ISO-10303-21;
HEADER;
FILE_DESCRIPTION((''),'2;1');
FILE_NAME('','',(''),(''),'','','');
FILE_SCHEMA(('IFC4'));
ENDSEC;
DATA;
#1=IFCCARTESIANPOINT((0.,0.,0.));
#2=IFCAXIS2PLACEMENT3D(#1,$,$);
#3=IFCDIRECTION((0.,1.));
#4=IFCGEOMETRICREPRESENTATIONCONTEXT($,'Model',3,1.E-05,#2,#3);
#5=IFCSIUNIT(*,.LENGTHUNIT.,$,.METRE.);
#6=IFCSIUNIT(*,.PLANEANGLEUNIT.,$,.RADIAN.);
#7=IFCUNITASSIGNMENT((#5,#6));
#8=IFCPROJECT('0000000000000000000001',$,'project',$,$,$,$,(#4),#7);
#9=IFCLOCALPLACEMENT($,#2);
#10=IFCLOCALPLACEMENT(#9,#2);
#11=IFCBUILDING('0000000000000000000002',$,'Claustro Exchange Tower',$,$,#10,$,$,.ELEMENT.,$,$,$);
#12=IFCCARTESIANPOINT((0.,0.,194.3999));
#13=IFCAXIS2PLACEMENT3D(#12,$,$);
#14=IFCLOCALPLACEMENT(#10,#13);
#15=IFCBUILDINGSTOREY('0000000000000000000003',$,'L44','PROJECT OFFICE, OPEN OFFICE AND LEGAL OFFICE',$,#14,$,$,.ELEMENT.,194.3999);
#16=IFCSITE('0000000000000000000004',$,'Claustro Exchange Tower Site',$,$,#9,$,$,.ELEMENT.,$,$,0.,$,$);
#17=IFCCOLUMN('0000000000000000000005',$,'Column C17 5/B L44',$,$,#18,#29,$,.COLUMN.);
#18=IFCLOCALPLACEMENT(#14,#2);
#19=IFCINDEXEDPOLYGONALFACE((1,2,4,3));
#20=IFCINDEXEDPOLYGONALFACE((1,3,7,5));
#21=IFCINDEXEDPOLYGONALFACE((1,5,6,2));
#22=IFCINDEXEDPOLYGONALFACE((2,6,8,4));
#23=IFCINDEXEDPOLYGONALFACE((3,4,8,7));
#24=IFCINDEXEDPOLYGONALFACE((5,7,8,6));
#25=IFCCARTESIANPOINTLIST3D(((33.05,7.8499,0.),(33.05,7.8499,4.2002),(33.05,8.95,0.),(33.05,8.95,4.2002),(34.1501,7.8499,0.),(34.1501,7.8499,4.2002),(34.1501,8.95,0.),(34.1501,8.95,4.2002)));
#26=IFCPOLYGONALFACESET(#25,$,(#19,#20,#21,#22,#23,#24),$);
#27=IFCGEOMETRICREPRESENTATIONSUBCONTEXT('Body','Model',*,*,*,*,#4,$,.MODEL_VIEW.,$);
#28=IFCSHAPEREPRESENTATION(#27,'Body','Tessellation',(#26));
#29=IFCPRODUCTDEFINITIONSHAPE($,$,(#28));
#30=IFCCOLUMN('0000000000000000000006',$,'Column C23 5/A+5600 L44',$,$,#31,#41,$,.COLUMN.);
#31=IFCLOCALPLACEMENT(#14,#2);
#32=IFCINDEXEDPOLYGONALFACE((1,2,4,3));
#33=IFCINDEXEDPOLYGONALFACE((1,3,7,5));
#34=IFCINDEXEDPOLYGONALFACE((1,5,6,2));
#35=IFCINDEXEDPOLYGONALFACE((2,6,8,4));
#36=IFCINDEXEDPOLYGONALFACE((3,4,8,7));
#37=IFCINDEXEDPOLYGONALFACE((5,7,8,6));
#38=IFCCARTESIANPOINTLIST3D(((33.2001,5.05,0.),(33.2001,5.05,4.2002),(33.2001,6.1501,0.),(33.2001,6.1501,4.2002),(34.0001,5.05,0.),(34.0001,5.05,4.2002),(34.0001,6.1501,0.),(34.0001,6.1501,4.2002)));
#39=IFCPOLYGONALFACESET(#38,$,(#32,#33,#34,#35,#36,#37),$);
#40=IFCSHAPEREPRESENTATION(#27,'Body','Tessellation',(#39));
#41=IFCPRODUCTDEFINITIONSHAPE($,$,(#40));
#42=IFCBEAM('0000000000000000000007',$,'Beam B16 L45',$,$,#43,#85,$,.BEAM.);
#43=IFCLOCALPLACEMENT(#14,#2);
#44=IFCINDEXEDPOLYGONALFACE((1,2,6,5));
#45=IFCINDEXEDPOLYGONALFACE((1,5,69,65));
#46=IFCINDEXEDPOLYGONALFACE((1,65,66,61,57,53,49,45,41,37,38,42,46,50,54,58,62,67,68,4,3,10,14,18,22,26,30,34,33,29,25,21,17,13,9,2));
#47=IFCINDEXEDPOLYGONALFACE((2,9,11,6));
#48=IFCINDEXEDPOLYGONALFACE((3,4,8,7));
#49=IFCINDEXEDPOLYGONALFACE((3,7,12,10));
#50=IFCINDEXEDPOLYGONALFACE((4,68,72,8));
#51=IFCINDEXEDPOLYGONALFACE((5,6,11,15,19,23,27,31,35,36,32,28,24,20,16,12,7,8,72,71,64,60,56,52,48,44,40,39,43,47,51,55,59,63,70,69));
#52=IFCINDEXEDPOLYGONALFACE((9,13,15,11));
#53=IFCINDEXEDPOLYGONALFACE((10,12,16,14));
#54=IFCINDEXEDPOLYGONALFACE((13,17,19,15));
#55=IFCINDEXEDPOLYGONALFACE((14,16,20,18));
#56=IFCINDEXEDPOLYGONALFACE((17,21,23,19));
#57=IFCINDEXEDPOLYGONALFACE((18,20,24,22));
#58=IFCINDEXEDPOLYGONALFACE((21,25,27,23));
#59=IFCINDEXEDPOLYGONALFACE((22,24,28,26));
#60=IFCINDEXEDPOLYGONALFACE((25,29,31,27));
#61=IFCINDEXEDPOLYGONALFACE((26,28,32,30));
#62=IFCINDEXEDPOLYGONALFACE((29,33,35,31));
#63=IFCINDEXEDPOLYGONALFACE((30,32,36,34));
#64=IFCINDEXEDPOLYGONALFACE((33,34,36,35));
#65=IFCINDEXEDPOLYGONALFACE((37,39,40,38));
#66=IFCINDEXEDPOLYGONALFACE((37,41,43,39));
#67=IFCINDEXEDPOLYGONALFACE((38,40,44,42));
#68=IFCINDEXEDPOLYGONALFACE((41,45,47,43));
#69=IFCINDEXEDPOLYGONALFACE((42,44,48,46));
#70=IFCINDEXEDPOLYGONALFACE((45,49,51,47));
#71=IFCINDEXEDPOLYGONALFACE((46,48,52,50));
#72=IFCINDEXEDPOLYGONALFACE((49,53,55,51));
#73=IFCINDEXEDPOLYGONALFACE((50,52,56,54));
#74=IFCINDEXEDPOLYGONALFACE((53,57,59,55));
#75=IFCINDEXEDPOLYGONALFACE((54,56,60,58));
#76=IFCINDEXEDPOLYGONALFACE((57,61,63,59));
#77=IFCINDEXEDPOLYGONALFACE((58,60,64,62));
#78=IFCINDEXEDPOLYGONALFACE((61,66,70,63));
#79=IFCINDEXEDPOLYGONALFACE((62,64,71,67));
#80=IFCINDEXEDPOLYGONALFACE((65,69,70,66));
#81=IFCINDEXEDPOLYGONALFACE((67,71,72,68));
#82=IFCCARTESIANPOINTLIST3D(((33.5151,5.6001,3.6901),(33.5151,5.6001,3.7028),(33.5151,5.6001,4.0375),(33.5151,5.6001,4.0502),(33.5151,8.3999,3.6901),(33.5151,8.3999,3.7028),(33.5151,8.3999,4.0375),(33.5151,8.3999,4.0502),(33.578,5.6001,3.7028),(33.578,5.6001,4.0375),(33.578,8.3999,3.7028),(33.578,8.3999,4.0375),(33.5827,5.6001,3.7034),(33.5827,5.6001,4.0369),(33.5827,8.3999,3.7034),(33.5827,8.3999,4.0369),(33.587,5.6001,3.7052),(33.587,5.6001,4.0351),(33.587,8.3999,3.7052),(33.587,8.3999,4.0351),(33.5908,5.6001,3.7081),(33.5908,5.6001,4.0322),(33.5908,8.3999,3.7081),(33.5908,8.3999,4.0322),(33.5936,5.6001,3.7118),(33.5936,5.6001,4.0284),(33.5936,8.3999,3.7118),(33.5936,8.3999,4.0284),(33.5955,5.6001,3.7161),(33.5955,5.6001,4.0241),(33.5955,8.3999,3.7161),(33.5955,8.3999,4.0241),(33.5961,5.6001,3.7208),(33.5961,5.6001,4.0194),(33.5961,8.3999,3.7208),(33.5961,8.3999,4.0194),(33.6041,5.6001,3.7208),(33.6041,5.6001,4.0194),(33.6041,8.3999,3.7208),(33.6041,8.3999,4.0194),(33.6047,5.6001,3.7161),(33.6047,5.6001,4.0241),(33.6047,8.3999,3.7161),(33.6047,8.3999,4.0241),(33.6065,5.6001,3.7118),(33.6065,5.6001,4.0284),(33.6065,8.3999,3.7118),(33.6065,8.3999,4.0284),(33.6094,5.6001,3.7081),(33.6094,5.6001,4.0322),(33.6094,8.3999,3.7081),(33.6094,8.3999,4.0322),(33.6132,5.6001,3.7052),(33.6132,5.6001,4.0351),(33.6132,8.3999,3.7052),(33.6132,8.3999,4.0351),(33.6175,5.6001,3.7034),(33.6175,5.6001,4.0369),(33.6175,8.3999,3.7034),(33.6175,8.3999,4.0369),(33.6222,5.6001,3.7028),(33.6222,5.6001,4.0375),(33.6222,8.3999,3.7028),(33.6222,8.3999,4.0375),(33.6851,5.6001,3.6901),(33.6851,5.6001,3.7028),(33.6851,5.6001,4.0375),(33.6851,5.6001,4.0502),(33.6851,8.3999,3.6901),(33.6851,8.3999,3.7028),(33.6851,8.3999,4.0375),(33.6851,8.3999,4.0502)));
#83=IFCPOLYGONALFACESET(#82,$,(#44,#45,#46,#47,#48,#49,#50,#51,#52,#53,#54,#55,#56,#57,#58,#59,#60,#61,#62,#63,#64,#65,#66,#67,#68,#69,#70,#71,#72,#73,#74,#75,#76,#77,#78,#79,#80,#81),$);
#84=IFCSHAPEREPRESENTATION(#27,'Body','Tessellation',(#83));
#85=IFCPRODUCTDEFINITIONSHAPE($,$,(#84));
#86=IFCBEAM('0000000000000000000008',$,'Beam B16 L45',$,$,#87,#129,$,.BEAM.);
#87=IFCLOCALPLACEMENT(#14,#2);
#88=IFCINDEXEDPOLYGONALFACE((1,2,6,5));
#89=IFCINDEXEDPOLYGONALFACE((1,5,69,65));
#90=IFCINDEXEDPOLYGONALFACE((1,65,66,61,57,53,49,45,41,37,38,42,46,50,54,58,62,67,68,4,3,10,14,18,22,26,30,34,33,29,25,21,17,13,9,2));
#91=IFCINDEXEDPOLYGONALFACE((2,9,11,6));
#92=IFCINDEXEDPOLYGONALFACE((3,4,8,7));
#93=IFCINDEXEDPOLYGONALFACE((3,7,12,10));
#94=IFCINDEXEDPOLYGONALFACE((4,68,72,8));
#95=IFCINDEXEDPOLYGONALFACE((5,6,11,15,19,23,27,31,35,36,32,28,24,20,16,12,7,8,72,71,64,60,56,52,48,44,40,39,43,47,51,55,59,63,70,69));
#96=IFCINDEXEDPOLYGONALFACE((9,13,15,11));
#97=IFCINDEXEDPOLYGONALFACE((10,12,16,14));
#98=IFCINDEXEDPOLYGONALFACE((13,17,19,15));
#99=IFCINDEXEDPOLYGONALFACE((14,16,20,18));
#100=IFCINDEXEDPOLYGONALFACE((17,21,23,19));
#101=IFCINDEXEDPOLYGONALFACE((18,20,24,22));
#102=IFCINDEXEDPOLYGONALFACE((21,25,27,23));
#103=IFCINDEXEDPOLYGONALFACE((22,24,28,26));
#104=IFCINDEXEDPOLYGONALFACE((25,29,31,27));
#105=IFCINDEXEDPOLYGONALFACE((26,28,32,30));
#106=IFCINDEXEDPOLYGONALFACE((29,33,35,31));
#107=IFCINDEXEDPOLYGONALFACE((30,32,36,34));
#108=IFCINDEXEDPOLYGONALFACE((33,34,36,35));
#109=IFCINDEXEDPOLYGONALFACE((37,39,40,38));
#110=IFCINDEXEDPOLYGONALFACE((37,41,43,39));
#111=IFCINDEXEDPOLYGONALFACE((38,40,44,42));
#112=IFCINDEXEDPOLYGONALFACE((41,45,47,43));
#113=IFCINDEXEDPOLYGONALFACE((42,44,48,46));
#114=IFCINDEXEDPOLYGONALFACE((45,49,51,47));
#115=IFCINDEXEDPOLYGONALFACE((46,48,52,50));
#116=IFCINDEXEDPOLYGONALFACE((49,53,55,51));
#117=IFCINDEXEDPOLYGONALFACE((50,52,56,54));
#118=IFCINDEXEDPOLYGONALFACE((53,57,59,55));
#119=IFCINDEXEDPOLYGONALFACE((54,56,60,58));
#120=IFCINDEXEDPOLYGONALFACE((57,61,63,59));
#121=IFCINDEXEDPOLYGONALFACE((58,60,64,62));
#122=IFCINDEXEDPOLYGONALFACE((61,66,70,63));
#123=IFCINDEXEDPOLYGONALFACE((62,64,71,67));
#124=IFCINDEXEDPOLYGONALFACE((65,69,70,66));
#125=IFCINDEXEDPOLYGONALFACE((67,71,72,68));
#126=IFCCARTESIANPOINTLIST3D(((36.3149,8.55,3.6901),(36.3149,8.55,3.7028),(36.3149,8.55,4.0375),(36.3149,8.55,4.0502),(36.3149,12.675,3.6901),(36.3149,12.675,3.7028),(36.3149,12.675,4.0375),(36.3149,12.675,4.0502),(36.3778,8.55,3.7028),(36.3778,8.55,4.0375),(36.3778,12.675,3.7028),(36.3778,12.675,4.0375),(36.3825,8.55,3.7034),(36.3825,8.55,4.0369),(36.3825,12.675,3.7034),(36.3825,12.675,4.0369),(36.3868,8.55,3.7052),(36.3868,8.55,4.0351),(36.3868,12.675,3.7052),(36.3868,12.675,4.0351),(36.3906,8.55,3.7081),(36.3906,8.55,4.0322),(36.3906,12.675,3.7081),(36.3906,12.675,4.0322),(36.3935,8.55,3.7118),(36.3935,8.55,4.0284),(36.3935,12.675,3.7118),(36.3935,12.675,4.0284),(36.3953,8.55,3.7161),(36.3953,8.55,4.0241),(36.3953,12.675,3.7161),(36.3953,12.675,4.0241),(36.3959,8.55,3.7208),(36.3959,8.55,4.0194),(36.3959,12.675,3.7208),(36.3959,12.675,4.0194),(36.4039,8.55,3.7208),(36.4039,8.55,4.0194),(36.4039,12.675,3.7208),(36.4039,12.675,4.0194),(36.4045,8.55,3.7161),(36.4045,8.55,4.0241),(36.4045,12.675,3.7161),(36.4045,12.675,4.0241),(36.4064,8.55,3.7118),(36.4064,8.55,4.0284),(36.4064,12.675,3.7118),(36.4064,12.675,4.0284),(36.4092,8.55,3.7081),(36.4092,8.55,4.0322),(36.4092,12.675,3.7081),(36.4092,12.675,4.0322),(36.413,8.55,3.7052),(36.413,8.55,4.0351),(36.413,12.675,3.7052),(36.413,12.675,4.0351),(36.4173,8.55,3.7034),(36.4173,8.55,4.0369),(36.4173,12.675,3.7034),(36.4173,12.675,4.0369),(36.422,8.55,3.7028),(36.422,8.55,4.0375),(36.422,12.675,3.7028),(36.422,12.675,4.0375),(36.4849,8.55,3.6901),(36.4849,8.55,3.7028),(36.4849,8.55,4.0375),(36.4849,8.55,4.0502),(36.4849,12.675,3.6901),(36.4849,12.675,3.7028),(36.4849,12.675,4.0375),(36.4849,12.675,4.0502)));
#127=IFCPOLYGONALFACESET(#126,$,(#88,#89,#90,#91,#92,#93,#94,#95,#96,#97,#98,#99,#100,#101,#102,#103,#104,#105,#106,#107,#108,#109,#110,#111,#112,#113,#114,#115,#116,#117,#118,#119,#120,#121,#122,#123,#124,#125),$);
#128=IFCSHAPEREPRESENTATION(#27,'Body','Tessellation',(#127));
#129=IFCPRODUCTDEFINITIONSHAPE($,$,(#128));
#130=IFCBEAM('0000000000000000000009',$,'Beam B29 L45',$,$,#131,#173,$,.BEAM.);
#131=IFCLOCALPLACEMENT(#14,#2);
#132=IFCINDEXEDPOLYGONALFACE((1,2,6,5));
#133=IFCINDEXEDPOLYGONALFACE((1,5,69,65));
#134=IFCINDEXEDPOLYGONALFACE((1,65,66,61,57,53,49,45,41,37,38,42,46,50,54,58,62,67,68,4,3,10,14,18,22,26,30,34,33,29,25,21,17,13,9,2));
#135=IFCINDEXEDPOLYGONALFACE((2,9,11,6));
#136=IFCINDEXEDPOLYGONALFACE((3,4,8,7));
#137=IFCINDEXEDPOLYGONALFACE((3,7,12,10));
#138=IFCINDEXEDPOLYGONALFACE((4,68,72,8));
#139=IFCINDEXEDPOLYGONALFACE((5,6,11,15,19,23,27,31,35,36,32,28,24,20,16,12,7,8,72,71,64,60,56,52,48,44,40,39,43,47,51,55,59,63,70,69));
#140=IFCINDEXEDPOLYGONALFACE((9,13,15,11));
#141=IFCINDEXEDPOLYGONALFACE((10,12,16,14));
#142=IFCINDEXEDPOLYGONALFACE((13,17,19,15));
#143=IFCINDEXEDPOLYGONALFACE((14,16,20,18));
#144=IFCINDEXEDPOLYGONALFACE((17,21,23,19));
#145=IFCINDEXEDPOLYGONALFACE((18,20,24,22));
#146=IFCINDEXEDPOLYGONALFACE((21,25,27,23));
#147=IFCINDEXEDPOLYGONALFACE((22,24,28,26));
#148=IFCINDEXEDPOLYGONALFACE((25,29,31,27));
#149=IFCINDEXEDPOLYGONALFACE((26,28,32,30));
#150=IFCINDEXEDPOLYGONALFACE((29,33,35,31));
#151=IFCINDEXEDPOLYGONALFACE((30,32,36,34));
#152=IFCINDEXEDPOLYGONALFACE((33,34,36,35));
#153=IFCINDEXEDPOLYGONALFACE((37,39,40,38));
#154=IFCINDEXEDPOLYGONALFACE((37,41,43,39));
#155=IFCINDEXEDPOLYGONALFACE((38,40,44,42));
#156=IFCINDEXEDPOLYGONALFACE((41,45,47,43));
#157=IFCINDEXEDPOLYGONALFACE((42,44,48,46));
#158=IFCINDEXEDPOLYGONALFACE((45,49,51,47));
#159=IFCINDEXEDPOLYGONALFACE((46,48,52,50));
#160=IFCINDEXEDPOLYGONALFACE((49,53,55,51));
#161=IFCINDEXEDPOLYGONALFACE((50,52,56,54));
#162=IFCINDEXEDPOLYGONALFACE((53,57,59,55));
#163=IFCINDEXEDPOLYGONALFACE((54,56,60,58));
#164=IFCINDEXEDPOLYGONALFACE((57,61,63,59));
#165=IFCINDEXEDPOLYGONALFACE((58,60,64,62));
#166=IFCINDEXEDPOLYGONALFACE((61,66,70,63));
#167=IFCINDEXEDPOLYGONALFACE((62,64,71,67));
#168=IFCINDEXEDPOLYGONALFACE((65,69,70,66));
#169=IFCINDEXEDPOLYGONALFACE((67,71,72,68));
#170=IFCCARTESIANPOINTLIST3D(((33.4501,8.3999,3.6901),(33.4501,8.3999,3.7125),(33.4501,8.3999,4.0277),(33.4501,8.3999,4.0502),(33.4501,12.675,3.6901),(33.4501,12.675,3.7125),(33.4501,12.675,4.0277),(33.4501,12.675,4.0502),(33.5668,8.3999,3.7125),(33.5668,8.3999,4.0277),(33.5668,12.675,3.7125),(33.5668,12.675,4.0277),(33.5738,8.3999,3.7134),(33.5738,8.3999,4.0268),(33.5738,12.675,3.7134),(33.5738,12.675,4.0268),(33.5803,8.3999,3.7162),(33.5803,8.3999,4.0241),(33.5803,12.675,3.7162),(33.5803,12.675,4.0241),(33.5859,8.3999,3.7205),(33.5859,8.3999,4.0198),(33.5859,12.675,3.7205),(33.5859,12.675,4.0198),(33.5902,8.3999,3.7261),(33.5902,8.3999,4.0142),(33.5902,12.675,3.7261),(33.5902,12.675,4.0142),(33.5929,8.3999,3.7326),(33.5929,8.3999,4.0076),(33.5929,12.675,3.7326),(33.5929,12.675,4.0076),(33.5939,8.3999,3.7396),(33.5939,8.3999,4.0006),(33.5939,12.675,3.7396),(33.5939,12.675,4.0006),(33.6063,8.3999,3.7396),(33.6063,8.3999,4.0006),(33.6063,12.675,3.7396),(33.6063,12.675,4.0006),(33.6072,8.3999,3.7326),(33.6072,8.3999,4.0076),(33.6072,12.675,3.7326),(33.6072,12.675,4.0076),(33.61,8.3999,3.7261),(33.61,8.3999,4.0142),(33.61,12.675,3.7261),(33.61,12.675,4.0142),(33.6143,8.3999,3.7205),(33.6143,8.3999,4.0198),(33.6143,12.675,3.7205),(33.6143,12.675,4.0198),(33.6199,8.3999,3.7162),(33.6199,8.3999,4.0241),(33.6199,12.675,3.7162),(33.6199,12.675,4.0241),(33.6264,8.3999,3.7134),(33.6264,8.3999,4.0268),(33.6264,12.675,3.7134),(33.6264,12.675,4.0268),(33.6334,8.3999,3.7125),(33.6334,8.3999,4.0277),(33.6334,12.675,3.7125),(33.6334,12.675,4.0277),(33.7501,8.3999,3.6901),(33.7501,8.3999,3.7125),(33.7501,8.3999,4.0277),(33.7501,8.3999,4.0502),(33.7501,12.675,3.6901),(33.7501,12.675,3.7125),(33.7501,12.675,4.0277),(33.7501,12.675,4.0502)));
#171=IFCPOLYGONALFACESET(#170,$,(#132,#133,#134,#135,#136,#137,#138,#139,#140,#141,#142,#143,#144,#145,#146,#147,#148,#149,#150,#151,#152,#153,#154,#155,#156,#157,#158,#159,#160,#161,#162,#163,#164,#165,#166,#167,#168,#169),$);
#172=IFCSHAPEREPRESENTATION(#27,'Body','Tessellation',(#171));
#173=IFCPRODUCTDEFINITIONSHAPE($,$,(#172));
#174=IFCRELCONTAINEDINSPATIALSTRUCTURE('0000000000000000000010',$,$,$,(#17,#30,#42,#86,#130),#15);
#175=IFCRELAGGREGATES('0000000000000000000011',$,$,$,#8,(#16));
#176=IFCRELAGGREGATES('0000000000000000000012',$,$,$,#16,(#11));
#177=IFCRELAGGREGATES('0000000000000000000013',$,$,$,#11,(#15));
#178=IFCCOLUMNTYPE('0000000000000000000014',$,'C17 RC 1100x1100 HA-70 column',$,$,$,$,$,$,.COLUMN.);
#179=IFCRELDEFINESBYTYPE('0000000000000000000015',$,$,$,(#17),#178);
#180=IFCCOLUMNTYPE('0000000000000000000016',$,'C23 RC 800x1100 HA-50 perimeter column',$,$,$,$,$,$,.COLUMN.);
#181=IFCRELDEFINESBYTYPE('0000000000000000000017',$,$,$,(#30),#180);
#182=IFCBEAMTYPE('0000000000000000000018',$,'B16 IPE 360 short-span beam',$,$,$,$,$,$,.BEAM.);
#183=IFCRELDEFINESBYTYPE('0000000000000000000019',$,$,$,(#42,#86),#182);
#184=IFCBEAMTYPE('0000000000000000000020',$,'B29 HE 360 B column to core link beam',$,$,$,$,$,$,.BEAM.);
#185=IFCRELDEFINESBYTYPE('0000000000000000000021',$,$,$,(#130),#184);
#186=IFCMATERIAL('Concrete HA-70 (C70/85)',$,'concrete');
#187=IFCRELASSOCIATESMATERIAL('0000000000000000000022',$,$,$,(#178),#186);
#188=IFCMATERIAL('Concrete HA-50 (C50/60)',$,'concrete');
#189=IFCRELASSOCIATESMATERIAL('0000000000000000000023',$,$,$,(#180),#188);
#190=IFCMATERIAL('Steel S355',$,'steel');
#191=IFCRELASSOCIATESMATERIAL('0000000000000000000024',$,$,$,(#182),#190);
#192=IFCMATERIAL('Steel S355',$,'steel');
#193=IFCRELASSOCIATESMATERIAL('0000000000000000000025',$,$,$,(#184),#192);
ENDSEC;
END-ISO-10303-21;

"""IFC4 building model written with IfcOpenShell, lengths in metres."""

from ifc_helpers import new_model, si_unit, direction, frame, origin, origin_2d, place, context, subcontext, project, spatial, rectangle, i_section, extrude, material, material_profile, profile_set, type_object, element, save


model = new_model("IFC4")

# Units and contexts
model_context = context("Model", 3, precision=1e-05, world=origin(), true_north=direction((0.0, 1.0)))
body_context = subcontext(model_context, "Body", "Model", "MODEL_VIEW")
ifc_project = project(units=[si_unit("LENGTHUNIT", "METRE"), si_unit("PLANEANGLEUNIT", "RADIAN")], contexts=[model_context])

# Site, building, storey
site_placement = place(None, origin())
site = spatial("IfcSite", under=ifc_project, at=site_placement, Name="Claustro Exchange Tower Site", CompositionType="ELEMENT", RefElevation=0.0)
building_placement = place(site_placement, origin())
building = spatial("IfcBuilding", under=site, at=building_placement, Name="Claustro Exchange Tower", CompositionType="ELEMENT")
storey_placement = place(building_placement, frame((0.0, 0.0, 194.3999)))
storey = spatial("IfcBuildingStorey", under=building, at=storey_placement, Name="L44", Description="PROJECT OFFICE, OPEN OFFICE AND LEGAL OFFICE", CompositionType="ELEMENT", Elevation=194.3999)

# Columns
ifc_material_1 = material(Name="Concrete HA-70 (C70/85)", Category="concrete")
ifc_material_profile_1 = material_profile(ifc_material_1, rectangle(XDim=1.1001, YDim=1.1001, at=origin_2d()), Name="RC 1100x1100")
ifc_profile_set_1 = profile_set([ifc_material_profile_1], Name="Concrete HA-70 (C70/85)")
column_type_1 = type_object("IfcColumnType", Name="C17 RC 1100x1100 HA-70 column", PredefinedType="COLUMN", material=ifc_profile_set_1)
column_1_placement = place(storey_placement, frame((33.6001, 8.3999, 0.0), z_axis=(0.0, 0.0, 1.0), x_axis=(1.0, 0.0, 0.0)))
element("IfcColumn", 1, at=column_1_placement, inside=storey, type_object=column_type_1, Name="Column C17 5/B L44", PredefinedType="COLUMN", context=body_context, shape_type="SweptSolid", body=[
    extrude(rectangle(XDim=1.1001, YDim=1.1001, at=origin_2d()), origin(), (0.0, 0.0, 1.0), 4.2002),
])
ifc_material_2 = material(Name="Concrete HA-50 (C50/60)", Category="concrete")
ifc_material_profile_2 = material_profile(ifc_material_2, rectangle(XDim=0.8, YDim=1.1001, at=origin_2d()), Name="RC 800x1100")
ifc_profile_set_2 = profile_set([ifc_material_profile_2], Name="Concrete HA-50 (C50/60)")
column_type_2 = type_object("IfcColumnType", Name="C23 RC 800x1100 HA-50 perimeter column", PredefinedType="COLUMN", material=ifc_profile_set_2)
column_2_placement = place(storey_placement, frame((33.6001, 5.6001, 0.0), z_axis=(0.0, 0.0, 1.0), x_axis=(1.0, 0.0, 0.0)))
element("IfcColumn", 2, at=column_2_placement, inside=storey, type_object=column_type_2, Name="Column C23 5/A+5600 L44", PredefinedType="COLUMN", context=body_context, shape_type="SweptSolid", body=[
    extrude(rectangle(XDim=0.8, YDim=1.1001, at=origin_2d()), origin(), (0.0, 0.0, 1.0), 4.2002),
])

# Beams
ifc_material_3 = material(Name="Steel S355", Category="steel")
ifc_material_profile_3 = material_profile(ifc_material_3, i_section(OverallWidth=0.1699, OverallDepth=0.3601, WebThickness=0.0081, FlangeThickness=0.0127, FilletRadius=0.0181, at=origin_2d()), Name="IPE 360")
ifc_profile_set_3 = profile_set([ifc_material_profile_3], Name="Steel S355")
beam_type_1 = type_object("IfcBeamType", Name="B16 IPE 360 short-span beam", PredefinedType="BEAM", material=ifc_profile_set_3)
beam_1_placement = place(storey_placement, frame((33.6001, 5.6001, 3.8701), z_axis=(0.0, 1.0, 0.0), x_axis=(-1.0, 0.0, 0.0)))
element("IfcBeam", 3, at=beam_1_placement, inside=storey, type_object=beam_type_1, Name="Beam B16 L45", PredefinedType="BEAM", context=body_context, shape_type="SweptSolid", body=[
    extrude(i_section(OverallWidth=0.1699, OverallDepth=0.3601, WebThickness=0.0081, FlangeThickness=0.0127, FilletRadius=0.0181, at=origin_2d()), origin(), (0.0, 0.0, 1.0), 2.7998),
])
beam_2_placement = place(storey_placement, frame((36.3999, 8.55, 3.8701), z_axis=(0.0, 1.0, 0.0), x_axis=(-1.0, 0.0, 0.0)))
element("IfcBeam", 4, at=beam_2_placement, inside=storey, type_object=beam_type_1, Name="Beam B16 L45", PredefinedType="BEAM", context=body_context, shape_type="SweptSolid", body=[
    extrude(i_section(OverallWidth=0.1699, OverallDepth=0.3601, WebThickness=0.0081, FlangeThickness=0.0127, FilletRadius=0.0181, at=origin_2d()), origin(), (0.0, 0.0, 1.0), 4.125),
])
ifc_material_4 = material(Name="Steel S355", Category="steel")
ifc_material_profile_4 = material_profile(ifc_material_4, i_section(OverallWidth=0.3, OverallDepth=0.3601, WebThickness=0.0125, FlangeThickness=0.0225, FilletRadius=0.0271, at=origin_2d()), Name="HE 360 B")
ifc_profile_set_4 = profile_set([ifc_material_profile_4], Name="Steel S355")
beam_type_2 = type_object("IfcBeamType", Name="B29 HE 360 B column to core link beam", PredefinedType="BEAM", material=ifc_profile_set_4)
beam_3_placement = place(storey_placement, frame((33.6001, 8.3999, 3.8701), z_axis=(0.0, 1.0, 0.0), x_axis=(-1.0, 0.0, 0.0)))
element("IfcBeam", 5, at=beam_3_placement, inside=storey, type_object=beam_type_2, Name="Beam B29 L45", PredefinedType="BEAM", context=body_context, shape_type="SweptSolid", body=[
    extrude(i_section(OverallWidth=0.3, OverallDepth=0.3601, WebThickness=0.0125, FlangeThickness=0.0225, FilletRadius=0.0271, at=origin_2d()), origin(), (0.0, 0.0, 1.0), 4.2751),
])

save(model, "model.ifc")
